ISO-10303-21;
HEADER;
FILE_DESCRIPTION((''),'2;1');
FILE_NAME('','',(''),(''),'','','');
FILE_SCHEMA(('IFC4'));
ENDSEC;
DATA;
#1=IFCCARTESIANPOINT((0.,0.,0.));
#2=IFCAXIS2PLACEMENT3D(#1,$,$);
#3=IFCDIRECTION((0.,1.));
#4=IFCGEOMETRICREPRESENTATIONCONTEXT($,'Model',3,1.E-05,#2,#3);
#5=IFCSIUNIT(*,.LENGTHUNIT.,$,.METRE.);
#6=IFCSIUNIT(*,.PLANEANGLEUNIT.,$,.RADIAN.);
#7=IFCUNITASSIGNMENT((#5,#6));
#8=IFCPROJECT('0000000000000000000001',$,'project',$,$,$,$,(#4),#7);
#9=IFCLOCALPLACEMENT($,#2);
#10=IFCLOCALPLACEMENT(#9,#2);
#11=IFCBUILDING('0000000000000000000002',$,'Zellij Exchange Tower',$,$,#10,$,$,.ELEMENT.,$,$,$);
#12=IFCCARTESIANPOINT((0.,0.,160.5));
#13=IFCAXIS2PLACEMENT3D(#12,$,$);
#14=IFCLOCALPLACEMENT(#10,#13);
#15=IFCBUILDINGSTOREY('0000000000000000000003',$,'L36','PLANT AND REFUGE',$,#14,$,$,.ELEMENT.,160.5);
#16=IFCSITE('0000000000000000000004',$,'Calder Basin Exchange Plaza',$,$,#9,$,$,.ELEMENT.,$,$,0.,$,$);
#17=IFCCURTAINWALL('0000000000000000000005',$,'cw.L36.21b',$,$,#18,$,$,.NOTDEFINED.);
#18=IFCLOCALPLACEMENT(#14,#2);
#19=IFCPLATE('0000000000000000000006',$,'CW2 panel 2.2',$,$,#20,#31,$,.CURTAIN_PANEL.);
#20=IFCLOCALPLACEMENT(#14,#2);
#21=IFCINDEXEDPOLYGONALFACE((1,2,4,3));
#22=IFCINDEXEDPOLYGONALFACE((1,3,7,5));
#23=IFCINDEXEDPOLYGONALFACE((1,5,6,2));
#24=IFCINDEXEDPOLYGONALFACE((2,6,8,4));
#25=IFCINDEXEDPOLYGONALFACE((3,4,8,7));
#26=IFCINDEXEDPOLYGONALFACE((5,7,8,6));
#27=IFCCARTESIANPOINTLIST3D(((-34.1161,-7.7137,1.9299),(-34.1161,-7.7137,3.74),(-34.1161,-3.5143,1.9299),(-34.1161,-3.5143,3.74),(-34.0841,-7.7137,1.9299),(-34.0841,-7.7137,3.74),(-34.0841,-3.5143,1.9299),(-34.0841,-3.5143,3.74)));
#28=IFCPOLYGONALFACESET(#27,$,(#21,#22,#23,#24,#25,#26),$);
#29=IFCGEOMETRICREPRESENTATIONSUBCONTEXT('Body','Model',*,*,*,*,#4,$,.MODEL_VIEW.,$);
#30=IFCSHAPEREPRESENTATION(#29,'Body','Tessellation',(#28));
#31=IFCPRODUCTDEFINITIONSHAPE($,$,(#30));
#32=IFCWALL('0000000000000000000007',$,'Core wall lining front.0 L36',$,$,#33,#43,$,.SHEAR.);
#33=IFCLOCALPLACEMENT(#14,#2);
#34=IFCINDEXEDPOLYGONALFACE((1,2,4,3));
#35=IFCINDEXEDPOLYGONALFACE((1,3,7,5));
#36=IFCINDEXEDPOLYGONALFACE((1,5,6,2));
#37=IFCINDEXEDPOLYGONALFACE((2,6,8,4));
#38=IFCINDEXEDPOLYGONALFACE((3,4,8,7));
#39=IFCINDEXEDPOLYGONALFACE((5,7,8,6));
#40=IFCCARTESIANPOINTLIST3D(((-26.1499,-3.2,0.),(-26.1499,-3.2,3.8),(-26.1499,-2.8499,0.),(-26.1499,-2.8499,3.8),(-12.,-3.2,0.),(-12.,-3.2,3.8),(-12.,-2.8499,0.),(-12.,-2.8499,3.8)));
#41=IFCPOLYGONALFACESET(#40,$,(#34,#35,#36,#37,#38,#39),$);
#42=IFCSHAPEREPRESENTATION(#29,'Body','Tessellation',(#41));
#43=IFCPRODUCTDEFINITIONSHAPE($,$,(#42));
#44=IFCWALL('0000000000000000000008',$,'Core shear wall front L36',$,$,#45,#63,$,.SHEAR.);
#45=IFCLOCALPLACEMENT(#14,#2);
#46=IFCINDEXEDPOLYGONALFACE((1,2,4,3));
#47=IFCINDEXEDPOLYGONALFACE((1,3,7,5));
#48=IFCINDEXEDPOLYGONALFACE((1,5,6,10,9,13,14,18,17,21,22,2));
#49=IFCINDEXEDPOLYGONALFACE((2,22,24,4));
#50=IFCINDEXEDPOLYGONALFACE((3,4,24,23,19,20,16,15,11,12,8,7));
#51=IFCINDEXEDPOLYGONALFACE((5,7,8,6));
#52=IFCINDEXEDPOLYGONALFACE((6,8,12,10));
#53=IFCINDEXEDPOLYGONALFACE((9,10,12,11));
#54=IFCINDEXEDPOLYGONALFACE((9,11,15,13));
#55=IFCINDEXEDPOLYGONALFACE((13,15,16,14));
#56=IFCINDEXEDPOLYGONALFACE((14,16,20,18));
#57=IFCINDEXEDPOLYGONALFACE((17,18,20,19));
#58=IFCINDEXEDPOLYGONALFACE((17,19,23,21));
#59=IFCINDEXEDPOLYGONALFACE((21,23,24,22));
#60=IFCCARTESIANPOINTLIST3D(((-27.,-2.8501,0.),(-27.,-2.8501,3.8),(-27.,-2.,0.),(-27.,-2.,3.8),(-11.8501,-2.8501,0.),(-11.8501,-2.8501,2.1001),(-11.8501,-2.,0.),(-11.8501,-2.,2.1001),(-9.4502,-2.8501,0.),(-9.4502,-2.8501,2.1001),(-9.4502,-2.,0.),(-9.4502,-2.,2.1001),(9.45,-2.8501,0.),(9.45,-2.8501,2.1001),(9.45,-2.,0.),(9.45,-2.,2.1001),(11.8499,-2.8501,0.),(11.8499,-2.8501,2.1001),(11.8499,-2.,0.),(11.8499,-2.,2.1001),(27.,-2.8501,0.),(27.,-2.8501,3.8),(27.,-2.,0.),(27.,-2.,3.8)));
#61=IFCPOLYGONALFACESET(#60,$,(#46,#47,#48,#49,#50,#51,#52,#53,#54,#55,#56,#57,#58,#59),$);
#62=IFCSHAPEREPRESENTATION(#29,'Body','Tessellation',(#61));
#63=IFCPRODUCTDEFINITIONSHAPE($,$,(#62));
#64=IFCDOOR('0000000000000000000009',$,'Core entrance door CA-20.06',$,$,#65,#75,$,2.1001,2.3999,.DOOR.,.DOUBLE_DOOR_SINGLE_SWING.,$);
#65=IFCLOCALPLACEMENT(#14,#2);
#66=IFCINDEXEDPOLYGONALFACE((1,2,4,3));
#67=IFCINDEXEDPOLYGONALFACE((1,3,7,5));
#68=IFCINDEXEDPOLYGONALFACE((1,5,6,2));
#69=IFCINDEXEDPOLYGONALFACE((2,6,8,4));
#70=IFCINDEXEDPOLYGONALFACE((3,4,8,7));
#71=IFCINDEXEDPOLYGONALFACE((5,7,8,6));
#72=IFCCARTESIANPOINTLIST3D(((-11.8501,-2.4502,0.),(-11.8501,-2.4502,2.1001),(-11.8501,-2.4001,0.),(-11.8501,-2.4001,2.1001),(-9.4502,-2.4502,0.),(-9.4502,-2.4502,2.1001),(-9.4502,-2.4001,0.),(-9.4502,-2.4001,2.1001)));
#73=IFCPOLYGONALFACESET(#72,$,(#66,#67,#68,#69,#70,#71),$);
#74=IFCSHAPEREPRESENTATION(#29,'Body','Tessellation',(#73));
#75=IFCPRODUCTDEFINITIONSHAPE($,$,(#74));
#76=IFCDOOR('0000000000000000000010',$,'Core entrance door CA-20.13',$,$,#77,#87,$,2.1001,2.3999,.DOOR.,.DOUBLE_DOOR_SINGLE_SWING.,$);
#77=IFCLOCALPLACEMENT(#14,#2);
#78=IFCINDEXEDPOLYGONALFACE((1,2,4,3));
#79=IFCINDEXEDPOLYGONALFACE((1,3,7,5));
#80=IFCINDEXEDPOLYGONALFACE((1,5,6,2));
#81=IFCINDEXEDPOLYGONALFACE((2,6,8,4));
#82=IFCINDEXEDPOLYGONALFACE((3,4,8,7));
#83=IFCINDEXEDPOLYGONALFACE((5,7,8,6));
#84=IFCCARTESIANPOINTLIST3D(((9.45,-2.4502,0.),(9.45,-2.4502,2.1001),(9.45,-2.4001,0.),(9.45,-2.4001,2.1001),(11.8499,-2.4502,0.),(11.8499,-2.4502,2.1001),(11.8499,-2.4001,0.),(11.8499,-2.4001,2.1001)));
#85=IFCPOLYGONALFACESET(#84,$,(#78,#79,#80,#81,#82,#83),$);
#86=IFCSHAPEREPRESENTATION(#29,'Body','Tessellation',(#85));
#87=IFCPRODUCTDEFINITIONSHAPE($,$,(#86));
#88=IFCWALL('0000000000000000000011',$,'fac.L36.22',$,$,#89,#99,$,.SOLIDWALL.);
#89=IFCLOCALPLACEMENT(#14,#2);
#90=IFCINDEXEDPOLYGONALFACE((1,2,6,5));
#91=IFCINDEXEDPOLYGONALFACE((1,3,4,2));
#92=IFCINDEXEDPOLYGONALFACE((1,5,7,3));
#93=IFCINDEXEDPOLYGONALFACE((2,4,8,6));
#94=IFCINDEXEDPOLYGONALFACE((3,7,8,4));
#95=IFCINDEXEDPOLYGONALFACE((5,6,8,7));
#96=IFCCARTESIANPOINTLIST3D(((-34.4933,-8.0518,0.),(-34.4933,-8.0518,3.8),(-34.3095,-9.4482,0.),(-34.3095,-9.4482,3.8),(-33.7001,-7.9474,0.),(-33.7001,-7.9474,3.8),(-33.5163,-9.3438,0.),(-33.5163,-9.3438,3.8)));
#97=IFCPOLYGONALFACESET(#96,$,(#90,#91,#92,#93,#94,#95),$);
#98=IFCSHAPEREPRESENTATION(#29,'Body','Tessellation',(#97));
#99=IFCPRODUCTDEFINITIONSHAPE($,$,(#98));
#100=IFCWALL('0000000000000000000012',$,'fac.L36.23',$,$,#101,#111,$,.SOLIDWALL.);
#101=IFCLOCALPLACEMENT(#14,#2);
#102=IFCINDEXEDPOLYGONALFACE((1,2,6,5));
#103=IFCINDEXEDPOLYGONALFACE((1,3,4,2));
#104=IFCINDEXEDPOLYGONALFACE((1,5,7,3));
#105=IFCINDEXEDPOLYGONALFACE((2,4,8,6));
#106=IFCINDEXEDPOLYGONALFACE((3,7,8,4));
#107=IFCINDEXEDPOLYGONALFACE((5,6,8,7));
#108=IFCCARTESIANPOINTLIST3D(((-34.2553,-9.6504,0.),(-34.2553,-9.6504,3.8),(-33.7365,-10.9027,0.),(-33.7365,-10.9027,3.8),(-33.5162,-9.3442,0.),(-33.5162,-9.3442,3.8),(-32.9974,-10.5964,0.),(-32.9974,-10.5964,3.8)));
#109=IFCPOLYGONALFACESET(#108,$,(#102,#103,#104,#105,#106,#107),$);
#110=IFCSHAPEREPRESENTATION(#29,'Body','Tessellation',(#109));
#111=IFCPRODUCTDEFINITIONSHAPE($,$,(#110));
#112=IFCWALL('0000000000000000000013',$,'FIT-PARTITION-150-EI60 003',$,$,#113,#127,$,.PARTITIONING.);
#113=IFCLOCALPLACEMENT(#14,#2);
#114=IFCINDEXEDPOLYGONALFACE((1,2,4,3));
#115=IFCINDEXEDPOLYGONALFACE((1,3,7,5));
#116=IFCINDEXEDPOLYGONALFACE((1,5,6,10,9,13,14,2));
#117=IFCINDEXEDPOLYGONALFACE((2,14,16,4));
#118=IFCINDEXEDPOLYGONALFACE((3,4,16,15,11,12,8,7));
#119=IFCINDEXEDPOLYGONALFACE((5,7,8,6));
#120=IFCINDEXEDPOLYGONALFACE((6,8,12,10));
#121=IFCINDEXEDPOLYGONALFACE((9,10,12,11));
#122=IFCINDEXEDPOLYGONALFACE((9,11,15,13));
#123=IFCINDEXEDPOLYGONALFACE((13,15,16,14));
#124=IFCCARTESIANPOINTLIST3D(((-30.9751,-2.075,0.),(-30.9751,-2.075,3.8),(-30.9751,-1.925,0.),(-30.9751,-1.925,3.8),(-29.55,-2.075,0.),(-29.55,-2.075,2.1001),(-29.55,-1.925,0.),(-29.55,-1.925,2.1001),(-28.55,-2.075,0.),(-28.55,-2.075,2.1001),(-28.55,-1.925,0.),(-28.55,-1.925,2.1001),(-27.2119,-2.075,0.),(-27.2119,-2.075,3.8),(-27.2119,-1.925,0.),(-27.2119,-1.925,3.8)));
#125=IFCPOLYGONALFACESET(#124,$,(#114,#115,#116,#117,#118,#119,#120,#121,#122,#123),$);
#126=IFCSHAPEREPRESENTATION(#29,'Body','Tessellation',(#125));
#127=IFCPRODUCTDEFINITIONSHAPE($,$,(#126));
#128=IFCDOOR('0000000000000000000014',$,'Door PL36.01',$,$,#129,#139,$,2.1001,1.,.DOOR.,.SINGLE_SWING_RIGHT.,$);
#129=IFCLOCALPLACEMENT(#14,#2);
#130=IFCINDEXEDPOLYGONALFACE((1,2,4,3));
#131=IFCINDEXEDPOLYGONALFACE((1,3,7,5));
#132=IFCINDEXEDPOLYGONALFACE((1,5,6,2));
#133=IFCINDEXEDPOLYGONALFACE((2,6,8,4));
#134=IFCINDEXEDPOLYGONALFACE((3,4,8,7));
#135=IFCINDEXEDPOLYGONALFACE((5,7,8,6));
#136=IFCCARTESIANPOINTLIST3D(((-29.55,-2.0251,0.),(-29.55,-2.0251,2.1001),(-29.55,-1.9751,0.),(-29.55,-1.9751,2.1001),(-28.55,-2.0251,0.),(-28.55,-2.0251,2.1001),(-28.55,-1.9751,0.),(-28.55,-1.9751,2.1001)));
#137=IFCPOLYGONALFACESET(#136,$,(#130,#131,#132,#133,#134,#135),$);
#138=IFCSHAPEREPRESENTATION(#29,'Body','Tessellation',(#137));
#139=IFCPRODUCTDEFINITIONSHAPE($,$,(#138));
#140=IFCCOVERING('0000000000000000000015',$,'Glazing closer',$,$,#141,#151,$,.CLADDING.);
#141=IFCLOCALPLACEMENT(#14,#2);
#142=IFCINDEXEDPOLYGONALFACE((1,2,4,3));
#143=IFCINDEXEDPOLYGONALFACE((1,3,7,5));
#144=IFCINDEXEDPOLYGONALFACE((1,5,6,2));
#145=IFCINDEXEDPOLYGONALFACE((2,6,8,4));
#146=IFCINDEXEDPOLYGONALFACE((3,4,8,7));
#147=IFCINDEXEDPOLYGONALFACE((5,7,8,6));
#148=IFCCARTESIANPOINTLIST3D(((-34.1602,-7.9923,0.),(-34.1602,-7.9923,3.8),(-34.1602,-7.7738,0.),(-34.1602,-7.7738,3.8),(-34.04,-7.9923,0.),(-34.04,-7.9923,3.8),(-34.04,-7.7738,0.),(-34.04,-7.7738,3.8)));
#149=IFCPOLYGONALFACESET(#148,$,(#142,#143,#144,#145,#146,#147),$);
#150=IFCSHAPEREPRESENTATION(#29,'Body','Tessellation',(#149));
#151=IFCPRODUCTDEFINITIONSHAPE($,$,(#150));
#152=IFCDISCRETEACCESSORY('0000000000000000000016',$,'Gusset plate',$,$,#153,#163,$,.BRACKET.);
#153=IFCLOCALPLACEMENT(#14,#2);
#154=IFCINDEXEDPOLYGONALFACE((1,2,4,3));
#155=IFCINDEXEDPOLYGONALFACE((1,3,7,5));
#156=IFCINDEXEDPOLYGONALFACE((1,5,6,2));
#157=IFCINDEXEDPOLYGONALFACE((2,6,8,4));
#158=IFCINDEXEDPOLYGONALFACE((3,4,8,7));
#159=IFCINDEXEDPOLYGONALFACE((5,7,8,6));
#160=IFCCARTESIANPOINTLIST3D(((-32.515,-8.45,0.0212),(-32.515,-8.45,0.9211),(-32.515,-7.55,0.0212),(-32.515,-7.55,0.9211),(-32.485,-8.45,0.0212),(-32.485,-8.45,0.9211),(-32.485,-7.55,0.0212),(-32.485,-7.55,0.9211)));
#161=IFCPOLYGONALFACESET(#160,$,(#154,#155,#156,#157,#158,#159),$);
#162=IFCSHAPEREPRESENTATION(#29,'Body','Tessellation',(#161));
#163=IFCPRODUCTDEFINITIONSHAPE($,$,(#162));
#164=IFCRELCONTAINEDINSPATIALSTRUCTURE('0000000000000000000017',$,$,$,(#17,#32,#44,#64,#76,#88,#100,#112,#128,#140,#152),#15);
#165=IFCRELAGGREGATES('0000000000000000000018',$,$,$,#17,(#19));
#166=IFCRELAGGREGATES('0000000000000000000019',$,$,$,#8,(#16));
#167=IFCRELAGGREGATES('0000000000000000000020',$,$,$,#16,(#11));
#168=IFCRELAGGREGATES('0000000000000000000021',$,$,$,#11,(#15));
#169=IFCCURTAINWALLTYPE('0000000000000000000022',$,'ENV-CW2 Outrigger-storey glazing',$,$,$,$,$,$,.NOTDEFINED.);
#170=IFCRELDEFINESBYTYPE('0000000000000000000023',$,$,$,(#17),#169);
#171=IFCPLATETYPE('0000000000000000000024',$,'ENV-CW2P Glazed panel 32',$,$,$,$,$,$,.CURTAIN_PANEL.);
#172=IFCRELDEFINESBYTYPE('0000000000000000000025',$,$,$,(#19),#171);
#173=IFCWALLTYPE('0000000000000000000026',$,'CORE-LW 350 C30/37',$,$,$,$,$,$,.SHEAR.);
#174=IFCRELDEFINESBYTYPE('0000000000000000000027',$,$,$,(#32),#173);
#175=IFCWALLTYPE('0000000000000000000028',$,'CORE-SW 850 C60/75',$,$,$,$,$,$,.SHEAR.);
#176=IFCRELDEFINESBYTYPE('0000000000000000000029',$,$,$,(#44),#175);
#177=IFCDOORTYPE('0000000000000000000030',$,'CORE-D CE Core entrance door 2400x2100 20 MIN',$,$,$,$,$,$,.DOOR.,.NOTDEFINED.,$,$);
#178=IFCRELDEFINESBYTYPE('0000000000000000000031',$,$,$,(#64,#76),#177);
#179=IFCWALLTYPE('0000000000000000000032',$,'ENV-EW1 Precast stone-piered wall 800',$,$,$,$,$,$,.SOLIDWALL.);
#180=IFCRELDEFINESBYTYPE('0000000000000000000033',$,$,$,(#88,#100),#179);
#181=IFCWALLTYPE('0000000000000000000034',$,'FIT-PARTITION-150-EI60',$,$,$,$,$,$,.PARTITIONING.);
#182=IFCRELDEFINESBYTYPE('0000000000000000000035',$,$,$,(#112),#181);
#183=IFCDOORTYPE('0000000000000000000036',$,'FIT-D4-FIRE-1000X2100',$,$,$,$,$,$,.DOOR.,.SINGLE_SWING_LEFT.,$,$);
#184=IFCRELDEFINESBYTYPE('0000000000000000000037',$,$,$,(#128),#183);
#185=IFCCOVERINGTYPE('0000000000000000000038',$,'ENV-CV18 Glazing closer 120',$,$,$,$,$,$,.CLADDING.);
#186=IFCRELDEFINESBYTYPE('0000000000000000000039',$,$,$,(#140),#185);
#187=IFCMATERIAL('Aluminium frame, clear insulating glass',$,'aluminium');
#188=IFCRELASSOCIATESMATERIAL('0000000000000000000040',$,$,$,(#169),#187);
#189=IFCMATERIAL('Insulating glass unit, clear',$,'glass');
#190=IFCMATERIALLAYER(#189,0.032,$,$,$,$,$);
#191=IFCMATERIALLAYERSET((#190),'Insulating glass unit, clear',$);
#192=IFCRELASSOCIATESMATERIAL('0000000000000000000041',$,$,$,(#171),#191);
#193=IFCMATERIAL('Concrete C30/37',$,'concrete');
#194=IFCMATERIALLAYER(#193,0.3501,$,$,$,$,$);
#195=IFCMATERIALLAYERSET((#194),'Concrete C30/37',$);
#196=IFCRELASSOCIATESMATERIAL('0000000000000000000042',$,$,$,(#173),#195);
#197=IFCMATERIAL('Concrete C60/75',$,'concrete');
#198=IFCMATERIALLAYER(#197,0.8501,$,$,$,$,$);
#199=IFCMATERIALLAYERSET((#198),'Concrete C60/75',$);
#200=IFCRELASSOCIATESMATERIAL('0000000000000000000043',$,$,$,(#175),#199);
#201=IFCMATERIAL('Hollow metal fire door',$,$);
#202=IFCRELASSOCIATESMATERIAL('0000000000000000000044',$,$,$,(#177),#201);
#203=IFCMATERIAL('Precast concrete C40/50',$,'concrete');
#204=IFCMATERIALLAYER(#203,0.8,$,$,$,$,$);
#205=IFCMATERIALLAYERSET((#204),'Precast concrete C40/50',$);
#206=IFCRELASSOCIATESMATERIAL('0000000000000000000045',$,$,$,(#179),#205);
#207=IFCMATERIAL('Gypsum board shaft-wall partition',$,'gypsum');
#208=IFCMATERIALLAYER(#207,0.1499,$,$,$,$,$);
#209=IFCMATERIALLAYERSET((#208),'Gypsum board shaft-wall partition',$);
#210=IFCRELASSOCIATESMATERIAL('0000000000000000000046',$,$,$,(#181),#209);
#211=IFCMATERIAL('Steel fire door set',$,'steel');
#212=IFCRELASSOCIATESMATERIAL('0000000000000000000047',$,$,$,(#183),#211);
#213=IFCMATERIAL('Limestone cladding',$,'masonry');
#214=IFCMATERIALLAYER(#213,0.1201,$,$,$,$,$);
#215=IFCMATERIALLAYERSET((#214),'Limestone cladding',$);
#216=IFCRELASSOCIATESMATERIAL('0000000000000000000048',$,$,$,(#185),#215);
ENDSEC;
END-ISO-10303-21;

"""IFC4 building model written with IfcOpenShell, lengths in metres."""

from ifc_helpers import new_model, si_unit, direction, frame, frame_2d, origin, origin_2d, place, context, subcontext, project, spatial, rectangle, extrude, material, layer, layer_set, type_object, element, fill, aggregate, save


model = new_model("IFC4")

# Units and contexts
model_context = context("Model", 3, precision=1e-05, world=origin(), true_north=direction((0.0, 1.0)))
body_context = subcontext(model_context, "Body", "Model", "MODEL_VIEW")
ifc_project = project(units=[si_unit("LENGTHUNIT", "METRE"), si_unit("PLANEANGLEUNIT", "RADIAN")], contexts=[model_context])

# Site, building, storey
site_placement = place(None, origin())
site = spatial("IfcSite", under=ifc_project, at=site_placement, Name="Calder Basin Exchange Plaza", CompositionType="ELEMENT", RefElevation=0.0)
building_placement = place(site_placement, origin())
building = spatial("IfcBuilding", under=site, at=building_placement, Name="Zellij Exchange Tower", CompositionType="ELEMENT")
storey_placement = place(building_placement, frame((0.0, 0.0, 160.5)))
storey = spatial("IfcBuildingStorey", under=building, at=storey_placement, Name="L36", Description="PLANT AND REFUGE", CompositionType="ELEMENT", Elevation=160.5)

# Shared definitions
ifc_material_1 = material(Name="Concrete C60/75", Category="concrete")

# Curtain wall
ifc_material_2 = material(Name="Aluminium frame, clear insulating glass", Category="aluminium")
curtain_wall_type = type_object("IfcCurtainWallType", Name="ENV-CW2 Outrigger-storey glazing", PredefinedType="NOTDEFINED", material=ifc_material_2)
curtain_wall_placement = place(storey_placement, origin())
curtain_wall = element("IfcCurtainWall", 1, at=curtain_wall_placement, inside=storey, type_object=curtain_wall_type, Name="cw.L36.21b", PredefinedType="NOTDEFINED")

# Plate
ifc_material_3 = material(Name="Insulating glass unit, clear", Category="glass")
ifc_layer_1 = layer(ifc_material_3, 0.032)
ifc_layer_set_1 = layer_set([ifc_layer_1], Name="Insulating glass unit, clear")
plate_type_1 = type_object("IfcPlateType", Name="ENV-CW2P Glazed panel 32", PredefinedType="CURTAIN_PANEL", material=ifc_layer_set_1)
plate_1_placement = place(storey_placement, frame((-34.1001, -5.614, 1.9299), z_axis=(0.0, 0.0, 1.0), x_axis=(0.0, -1.0, 0.0)))
plate_1 = element("IfcPlate", 2, at=plate_1_placement, type_object=plate_type_1, Name="CW2 panel 2.2", PredefinedType="CURTAIN_PANEL", context=body_context, shape_type="SweptSolid", body=[
    extrude(rectangle(XDim=4.1995, YDim=0.032, at=origin_2d()), origin(), (0.0, 0.0, 1.0), 1.8101),
])
aggregate(curtain_wall, [plate_1])

# Wall
ifc_material_4 = material(Name="Concrete C30/37", Category="concrete")
ifc_layer_2 = layer(ifc_material_4, 0.3501)
ifc_layer_set_2 = layer_set([ifc_layer_2], Name="Concrete C30/37")
wall_type_1 = type_object("IfcWallType", Name="CORE-LW 350 C30/37", PredefinedType="SHEAR", material=ifc_layer_set_2)
wall_1_placement = place(storey_placement, frame((-26.1499, -3.0249, 0.0), z_axis=(0.0, 0.0, 1.0), x_axis=(1.0, 0.0, 0.0)))
element("IfcWall", 3, at=wall_1_placement, inside=storey, type_object=wall_type_1, Name="Core wall lining front.0 L36", PredefinedType="SHEAR", context=body_context, shape_type="SweptSolid", body=[
    extrude(rectangle(XDim=14.1499, YDim=0.3501, at=frame_2d((7.075, 0.0))), origin(), (0.0, 0.0, 1.0), 3.8),
])

# Wall, openings, doors
ifc_layer_3 = layer(ifc_material_1, 0.8501)
ifc_layer_set_3 = layer_set([ifc_layer_3], Name="Concrete C60/75")
wall_type_2 = type_object("IfcWallType", Name="CORE-SW 850 C60/75", PredefinedType="SHEAR", material=ifc_layer_set_3)
wall_2_placement = place(storey_placement, frame((-27.0, -2.425, 0.0), z_axis=(0.0, 0.0, 1.0), x_axis=(1.0, 0.0, 0.0)))
wall_2 = element("IfcWall", 4, at=wall_2_placement, inside=storey, type_object=wall_type_2, Name="Core shear wall front L36", PredefinedType="SHEAR", context=body_context, shape_type="SweptSolid", body=[
    extrude(rectangle(XDim=54.0, YDim=0.8501, at=frame_2d((27.0, 0.0))), origin(), (0.0, 0.0, 1.0), 3.8),
])
opening_1_placement = place(wall_2_placement, frame((15.1499, 0.0, 0.0)))
opening_1 = element("IfcOpeningElement", 5, at=opening_1_placement, cuts=wall_2, PredefinedType="OPENING", context=body_context, shape_type="SweptSolid", body=[
    extrude(rectangle(XDim=2.3999, YDim=2.1001, at=frame_2d((1.2, 1.05))), frame((0.0, 0.437, 0.0), z_axis=(0.0, -1.0, 0.0), x_axis=(1.0, 0.0, 0.0)), (0.0, 0.0, 1.0), 0.874),
])
opening_2_placement = place(wall_2_placement, frame((36.45, 0.0, 0.0)))
opening_2 = element("IfcOpeningElement", 6, at=opening_2_placement, cuts=wall_2, PredefinedType="OPENING", context=body_context, shape_type="SweptSolid", body=[
    extrude(rectangle(XDim=2.3999, YDim=2.1001, at=frame_2d((1.2, 1.05))), frame((0.0, 0.437, 0.0), z_axis=(0.0, -1.0, 0.0), x_axis=(1.0, 0.0, 0.0)), (0.0, 0.0, 1.0), 0.874),
])
ifc_material_5 = material(Name="Hollow metal fire door")
door_type_1 = type_object("IfcDoorType", Name="CORE-D CE Core entrance door 2400x2100 20 MIN", OperationType="NOTDEFINED", PredefinedType="DOOR", material=ifc_material_5)
door_1_placement = place(opening_1_placement, origin())
door_1 = element("IfcDoor", 7, at=door_1_placement, inside=storey, type_object=door_type_1, Name="Core entrance door CA-20.06", OperationType="DOUBLE_DOOR_SINGLE_SWING", OverallHeight=2.1001, OverallWidth=2.3999, PredefinedType="DOOR", context=body_context, shape_type="SweptSolid", body=[
    extrude(rectangle(XDim=2.3999, YDim=2.1001, at=frame_2d((1.2, 1.05))), frame((0.0, 0.0249, 0.0), z_axis=(0.0, -1.0, 0.0), x_axis=(1.0, 0.0, 0.0)), (0.0, 0.0, 1.0), 0.05),
])
fill(opening_1, door_1)
door_2_placement = place(opening_2_placement, origin())
door_2 = element("IfcDoor", 8, at=door_2_placement, inside=storey, type_object=door_type_1, Name="Core entrance door CA-20.13", OperationType="DOUBLE_DOOR_SINGLE_SWING", OverallHeight=2.1001, OverallWidth=2.3999, PredefinedType="DOOR", context=body_context, shape_type="SweptSolid", body=[
    extrude(rectangle(XDim=2.3999, YDim=2.1001, at=frame_2d((1.2, 1.05))), frame((0.0, 0.0249, 0.0), z_axis=(0.0, -1.0, 0.0), x_axis=(1.0, 0.0, 0.0)), (0.0, 0.0, 1.0), 0.05),
])
fill(opening_2, door_2)

# Walls
ifc_material_6 = material(Name="Precast concrete C40/50", Category="concrete")
ifc_layer_4 = layer(ifc_material_6, 0.8)
ifc_layer_set_4 = layer_set([ifc_layer_4], Name="Precast concrete C40/50")
wall_type_3 = type_object("IfcWallType", Name="ENV-EW1 Precast stone-piered wall 800", PredefinedType="SOLIDWALL", material=ifc_layer_set_4)
wall_3_placement = place(storey_placement, frame((-34.0967, -7.9998, 0.0), z_axis=(0.0, 0.0, 1.0), x_axis=(0.130517, -0.991446, 0.0)))
element("IfcWall", 9, at=wall_3_placement, inside=storey, type_object=wall_type_3, Name="fac.L36.22", PredefinedType="SOLIDWALL", context=body_context, shape_type="SweptSolid", body=[
    extrude(rectangle(XDim=1.4084, YDim=0.8, at=frame_2d((0.7041, 0.0))), origin(), (0.0, 0.0, 1.0), 3.8),
])
wall_4_placement = place(storey_placement, frame((-33.8857, -9.4973, 0.0), z_axis=(0.0, 0.0, 1.0), x_axis=(0.38276, -0.923848, 0.0)))
element("IfcWall", 10, at=wall_4_placement, inside=storey, type_object=wall_type_3, Name="fac.L36.23", PredefinedType="SOLIDWALL", context=body_context, shape_type="SweptSolid", body=[
    extrude(rectangle(XDim=1.3555, YDim=0.8, at=frame_2d((0.6777, 0.0))), origin(), (0.0, 0.0, 1.0), 3.8),
])

# Wall, opening, door
ifc_material_7 = material(Name="Gypsum board shaft-wall partition", Category="gypsum")
ifc_layer_5 = layer(ifc_material_7, 0.1499)
ifc_layer_set_5 = layer_set([ifc_layer_5], Name="Gypsum board shaft-wall partition")
wall_type_4 = type_object("IfcWallType", Name="FIT-PARTITION-150-EI60", PredefinedType="PARTITIONING", material=ifc_layer_set_5)
wall_5_placement = place(storey_placement, frame((-30.9751, -2.0, 0.0), z_axis=(0.0, 0.0, 1.0), x_axis=(1.0, 0.0, 0.0)))
wall_5 = element("IfcWall", 11, at=wall_5_placement, inside=storey, type_object=wall_type_4, Name="FIT-PARTITION-150-EI60 003", PredefinedType="PARTITIONING", context=body_context, shape_type="SweptSolid", body=[
    extrude(rectangle(XDim=3.7632, YDim=0.1499, at=frame_2d((1.8816, 0.0))), origin(), (0.0, 0.0, 1.0), 3.8),
])
opening_3_placement = place(wall_5_placement, frame((1.425, 0.0, 0.0)))
opening_3 = element("IfcOpeningElement", 12, at=opening_3_placement, cuts=wall_5, PredefinedType="OPENING", context=body_context, shape_type="SweptSolid", body=[
    extrude(rectangle(XDim=1.0, YDim=2.1001, at=frame_2d((0.5, 1.05))), frame((0.0, 0.0869, 0.0), z_axis=(0.0, -1.0, 0.0), x_axis=(1.0, 0.0, 0.0)), (0.0, 0.0, 1.0), 0.1738),
])
ifc_material_8 = material(Name="Steel fire door set", Category="steel")
door_type_2 = type_object("IfcDoorType", Name="FIT-D4-FIRE-1000X2100", OperationType="SINGLE_SWING_LEFT", PredefinedType="DOOR", material=ifc_material_8)
door_3_placement = place(opening_3_placement, origin())
door_3 = element("IfcDoor", 13, at=door_3_placement, inside=storey, type_object=door_type_2, Name="Door PL36.01", OperationType="SINGLE_SWING_RIGHT", OverallHeight=2.1001, OverallWidth=1.0, PredefinedType="DOOR", context=body_context, shape_type="SweptSolid", body=[
    extrude(rectangle(XDim=1.0, YDim=2.1001, at=frame_2d((0.5, 1.05))), frame((0.0, 0.0249, 0.0), z_axis=(0.0, -1.0, 0.0), x_axis=(1.0, 0.0, 0.0)), (0.0, 0.0, 1.0), 0.05),
])
fill(opening_3, door_3)

# Covering
ifc_material_9 = material(Name="Limestone cladding", Category="masonry")
ifc_layer_6 = layer(ifc_material_9, 0.1201)
ifc_layer_set_6 = layer_set([ifc_layer_6], Name="Limestone cladding")
covering_type = type_object("IfcCoveringType", Name="ENV-CV18 Glazing closer 120", PredefinedType="CLADDING", material=ifc_layer_set_6)
covering_placement = place(storey_placement, frame((-34.1001, -7.8831, 0.0), z_axis=(0.0, 0.0, 1.0), x_axis=(0.0, -1.0, 0.0)))
element("IfcCovering", 14, at=covering_placement, inside=storey, type_object=covering_type, Name="Glazing closer", PredefinedType="CLADDING", context=body_context, shape_type="SweptSolid", body=[
    extrude(rectangle(XDim=0.2185, YDim=0.1201, at=origin_2d()), origin(), (0.0, 0.0, 1.0), 3.8),
])

# Discrete accessory
discrete_accessory_placement = place(storey_placement, frame((-32.5, -8.0, 0.0212), z_axis=(0.0, 0.0, 1.0), x_axis=(0.0, 1.0, 0.0)))
element("IfcDiscreteAccessory", 15, at=discrete_accessory_placement, inside=storey, Name="Gusset plate", PredefinedType="BRACKET", context=body_context, shape_type="SweptSolid", body=[
    extrude(rectangle(XDim=0.8999, YDim=0.03, at=origin_2d()), origin(), (0.0, 0.0, 1.0), 0.8999),
])

save(model, "model.ifc")
